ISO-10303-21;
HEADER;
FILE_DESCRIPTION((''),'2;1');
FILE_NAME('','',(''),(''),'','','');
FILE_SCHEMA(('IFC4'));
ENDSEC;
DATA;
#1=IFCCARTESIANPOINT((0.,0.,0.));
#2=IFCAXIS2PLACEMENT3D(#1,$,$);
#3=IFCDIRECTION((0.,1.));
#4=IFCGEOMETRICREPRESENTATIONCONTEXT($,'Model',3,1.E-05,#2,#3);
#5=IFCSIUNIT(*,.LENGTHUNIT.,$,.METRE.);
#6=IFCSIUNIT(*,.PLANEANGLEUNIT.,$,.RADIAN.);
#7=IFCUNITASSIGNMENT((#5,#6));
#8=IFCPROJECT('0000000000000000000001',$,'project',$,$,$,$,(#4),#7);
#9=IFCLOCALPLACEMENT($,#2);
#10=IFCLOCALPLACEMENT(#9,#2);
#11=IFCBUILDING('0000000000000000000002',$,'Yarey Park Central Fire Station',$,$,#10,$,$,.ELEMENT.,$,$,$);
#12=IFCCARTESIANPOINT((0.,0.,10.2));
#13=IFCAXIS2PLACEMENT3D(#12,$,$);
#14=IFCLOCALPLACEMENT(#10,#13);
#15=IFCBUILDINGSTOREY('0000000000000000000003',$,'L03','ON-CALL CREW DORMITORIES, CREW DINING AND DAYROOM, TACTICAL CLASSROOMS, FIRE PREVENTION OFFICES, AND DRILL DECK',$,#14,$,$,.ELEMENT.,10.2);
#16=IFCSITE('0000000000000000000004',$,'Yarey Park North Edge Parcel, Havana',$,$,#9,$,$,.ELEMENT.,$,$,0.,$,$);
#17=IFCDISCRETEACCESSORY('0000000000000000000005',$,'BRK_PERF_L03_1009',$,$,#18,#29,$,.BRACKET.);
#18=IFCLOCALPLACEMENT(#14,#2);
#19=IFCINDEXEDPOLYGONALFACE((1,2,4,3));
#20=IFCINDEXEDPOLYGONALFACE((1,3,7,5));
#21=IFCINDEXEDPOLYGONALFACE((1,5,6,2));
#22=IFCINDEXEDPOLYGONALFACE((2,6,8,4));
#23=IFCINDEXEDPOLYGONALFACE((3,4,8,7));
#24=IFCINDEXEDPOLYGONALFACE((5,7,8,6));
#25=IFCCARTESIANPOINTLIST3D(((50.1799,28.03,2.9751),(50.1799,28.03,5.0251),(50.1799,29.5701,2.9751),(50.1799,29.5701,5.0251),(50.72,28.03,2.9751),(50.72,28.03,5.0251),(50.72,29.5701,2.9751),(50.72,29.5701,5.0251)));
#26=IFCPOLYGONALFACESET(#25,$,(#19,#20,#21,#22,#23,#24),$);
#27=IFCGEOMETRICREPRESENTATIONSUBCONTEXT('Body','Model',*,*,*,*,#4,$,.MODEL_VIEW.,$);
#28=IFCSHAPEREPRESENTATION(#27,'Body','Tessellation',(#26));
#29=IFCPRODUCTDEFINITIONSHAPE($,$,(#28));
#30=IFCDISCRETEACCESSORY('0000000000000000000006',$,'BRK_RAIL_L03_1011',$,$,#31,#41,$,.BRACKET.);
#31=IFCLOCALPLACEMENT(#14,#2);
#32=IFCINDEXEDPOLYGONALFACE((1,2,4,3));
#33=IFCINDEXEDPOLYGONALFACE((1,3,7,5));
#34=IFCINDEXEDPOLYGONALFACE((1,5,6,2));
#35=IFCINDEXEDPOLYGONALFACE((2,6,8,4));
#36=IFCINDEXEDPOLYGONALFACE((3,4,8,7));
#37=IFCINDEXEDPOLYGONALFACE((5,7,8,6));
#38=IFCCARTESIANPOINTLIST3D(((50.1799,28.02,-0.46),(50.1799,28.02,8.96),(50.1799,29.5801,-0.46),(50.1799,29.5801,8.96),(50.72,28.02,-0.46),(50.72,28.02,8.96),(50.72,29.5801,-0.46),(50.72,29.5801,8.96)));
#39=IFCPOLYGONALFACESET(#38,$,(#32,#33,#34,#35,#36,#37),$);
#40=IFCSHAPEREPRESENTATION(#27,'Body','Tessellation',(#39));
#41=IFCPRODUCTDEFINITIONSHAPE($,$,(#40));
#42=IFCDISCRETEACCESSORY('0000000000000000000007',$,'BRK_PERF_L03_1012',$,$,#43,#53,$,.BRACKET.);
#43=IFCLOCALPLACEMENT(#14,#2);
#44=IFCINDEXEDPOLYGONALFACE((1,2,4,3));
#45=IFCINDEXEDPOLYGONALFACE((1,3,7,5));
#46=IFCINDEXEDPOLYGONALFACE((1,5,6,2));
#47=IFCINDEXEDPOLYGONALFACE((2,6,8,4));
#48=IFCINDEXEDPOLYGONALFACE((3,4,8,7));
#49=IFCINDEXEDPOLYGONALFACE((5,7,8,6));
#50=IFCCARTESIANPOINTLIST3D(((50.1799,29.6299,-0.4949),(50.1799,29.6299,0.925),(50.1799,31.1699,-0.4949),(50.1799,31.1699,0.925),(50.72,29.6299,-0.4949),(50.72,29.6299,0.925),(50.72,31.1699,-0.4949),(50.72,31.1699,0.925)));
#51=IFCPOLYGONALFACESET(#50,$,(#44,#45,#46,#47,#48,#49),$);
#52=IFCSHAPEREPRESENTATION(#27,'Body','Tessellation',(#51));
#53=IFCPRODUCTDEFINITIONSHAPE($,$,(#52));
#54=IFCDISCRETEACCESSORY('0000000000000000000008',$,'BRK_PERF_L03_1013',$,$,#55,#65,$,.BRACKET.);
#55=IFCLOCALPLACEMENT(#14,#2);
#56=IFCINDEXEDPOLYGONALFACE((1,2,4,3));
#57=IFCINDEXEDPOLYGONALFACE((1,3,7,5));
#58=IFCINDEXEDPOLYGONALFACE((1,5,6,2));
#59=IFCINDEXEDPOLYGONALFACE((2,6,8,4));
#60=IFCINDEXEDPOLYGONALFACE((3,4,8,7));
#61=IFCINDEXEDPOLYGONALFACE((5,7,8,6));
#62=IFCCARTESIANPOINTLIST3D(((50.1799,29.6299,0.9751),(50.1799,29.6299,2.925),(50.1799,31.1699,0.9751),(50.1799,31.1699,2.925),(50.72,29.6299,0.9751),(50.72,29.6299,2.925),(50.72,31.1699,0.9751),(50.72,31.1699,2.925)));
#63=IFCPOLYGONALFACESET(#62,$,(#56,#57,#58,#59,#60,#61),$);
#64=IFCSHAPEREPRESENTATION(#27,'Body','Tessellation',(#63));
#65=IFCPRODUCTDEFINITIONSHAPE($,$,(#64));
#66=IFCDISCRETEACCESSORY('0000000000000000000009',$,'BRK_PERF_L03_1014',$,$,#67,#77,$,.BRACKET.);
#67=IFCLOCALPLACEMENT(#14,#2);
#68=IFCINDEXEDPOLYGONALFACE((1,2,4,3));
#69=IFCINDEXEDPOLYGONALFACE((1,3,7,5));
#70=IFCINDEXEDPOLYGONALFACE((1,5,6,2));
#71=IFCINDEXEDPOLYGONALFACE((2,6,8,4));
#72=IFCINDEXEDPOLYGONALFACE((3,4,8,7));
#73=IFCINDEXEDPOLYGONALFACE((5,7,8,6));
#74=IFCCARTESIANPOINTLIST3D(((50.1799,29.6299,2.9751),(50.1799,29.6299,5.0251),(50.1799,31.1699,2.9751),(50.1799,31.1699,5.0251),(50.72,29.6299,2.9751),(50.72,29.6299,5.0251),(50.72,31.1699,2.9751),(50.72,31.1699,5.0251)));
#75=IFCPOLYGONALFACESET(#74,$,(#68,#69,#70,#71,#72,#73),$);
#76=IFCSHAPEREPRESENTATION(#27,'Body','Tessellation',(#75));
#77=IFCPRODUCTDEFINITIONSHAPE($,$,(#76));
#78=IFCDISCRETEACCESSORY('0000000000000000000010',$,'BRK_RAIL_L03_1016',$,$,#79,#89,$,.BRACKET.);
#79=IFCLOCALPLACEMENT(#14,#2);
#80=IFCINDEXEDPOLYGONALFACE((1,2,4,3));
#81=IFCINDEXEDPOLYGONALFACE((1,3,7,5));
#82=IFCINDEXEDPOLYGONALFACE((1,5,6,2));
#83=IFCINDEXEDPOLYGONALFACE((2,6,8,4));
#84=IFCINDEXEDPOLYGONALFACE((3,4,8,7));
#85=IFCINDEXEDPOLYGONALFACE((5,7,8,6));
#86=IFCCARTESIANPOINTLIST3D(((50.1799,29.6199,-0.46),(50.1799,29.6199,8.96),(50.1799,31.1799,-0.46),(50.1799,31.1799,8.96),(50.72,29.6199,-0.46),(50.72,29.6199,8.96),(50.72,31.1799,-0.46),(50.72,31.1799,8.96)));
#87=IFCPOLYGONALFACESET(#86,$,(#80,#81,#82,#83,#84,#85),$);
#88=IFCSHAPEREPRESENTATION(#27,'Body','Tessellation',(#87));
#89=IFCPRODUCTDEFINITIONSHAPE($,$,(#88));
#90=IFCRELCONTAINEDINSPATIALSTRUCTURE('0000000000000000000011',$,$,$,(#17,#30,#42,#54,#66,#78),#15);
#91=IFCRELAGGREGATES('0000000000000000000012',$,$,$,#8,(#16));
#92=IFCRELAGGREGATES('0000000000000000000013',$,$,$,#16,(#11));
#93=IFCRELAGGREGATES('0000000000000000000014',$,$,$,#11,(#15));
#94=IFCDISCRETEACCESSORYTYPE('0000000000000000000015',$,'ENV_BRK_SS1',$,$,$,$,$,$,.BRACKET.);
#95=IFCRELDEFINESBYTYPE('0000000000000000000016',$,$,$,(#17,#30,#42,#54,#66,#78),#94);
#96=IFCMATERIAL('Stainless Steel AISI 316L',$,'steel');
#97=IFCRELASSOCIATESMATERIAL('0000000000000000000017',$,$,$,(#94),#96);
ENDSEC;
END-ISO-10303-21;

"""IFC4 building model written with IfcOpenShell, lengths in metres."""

from ifc_helpers import new_model, si_unit, direction, frame, origin, origin_2d, place, context, subcontext, project, spatial, rectangle, extrude, material, type_object, element, save


model = new_model("IFC4")

# Units and contexts
model_context = context("Model", 3, precision=1e-05, world=origin(), true_north=direction((0.0, 1.0)))
body_context = subcontext(model_context, "Body", "Model", "MODEL_VIEW")
ifc_project = project(units=[si_unit("LENGTHUNIT", "METRE"), si_unit("PLANEANGLEUNIT", "RADIAN")], contexts=[model_context])

# Site, building, storey
site_placement = place(None, origin())
site = spatial("IfcSite", under=ifc_project, at=site_placement, Name="Yarey Park North Edge Parcel, Havana", CompositionType="ELEMENT", RefElevation=0.0)
building_placement = place(site_placement, origin())
building = spatial("IfcBuilding", under=site, at=building_placement, Name="Yarey Park Central Fire Station", CompositionType="ELEMENT")
storey_placement = place(building_placement, frame((0.0, 0.0, 10.2)))
storey = spatial("IfcBuildingStorey", under=building, at=storey_placement, Name="L03", Description="ON-CALL CREW DORMITORIES, CREW DINING AND DAYROOM, TACTICAL CLASSROOMS, FIRE PREVENTION OFFICES, AND DRILL DECK", CompositionType="ELEMENT", Elevation=10.2)

# Discrete accessories
ifc_material_1 = material(Name="Stainless Steel AISI 316L", Category="steel")
discrete_accessory_type = type_object("IfcDiscreteAccessoryType", Name="ENV_BRK_SS1", PredefinedType="BRACKET", material=ifc_material_1)
discrete_accessory_1_placement = place(storey_placement, frame((50.45, 28.8, 2.9751), z_axis=(0.0, 0.0, 1.0), x_axis=(1.0, 0.0, 0.0)))
element("IfcDiscreteAccessory", 1, at=discrete_accessory_1_placement, inside=storey, type_object=discrete_accessory_type, Name="BRK_PERF_L03_1009", PredefinedType="BRACKET", context=body_context, shape_type="SweptSolid", body=[
    extrude(rectangle(XDim=0.54, YDim=1.54, at=origin_2d()), origin(), (0.0, 0.0, 1.0), 2.05),
])
discrete_accessory_2_placement = place(storey_placement, frame((50.45, 28.8, -0.46), z_axis=(0.0, 0.0, 1.0), x_axis=(1.0, 0.0, 0.0)))
element("IfcDiscreteAccessory", 2, at=discrete_accessory_2_placement, inside=storey, type_object=discrete_accessory_type, Name="BRK_RAIL_L03_1011", PredefinedType="BRACKET", context=body_context, shape_type="SweptSolid", body=[
    extrude(rectangle(XDim=0.54, YDim=1.5601, at=origin_2d()), origin(), (0.0, 0.0, 1.0), 9.4199),
])
discrete_accessory_3_placement = place(storey_placement, frame((50.45, 30.3999, -0.4949), z_axis=(0.0, 0.0, 1.0), x_axis=(1.0, 0.0, 0.0)))
element("IfcDiscreteAccessory", 3, at=discrete_accessory_3_placement, inside=storey, type_object=discrete_accessory_type, Name="BRK_PERF_L03_1012", PredefinedType="BRACKET", context=body_context, shape_type="SweptSolid", body=[
    extrude(rectangle(XDim=0.54, YDim=1.54, at=origin_2d()), origin(), (0.0, 0.0, 1.0), 1.4199),
])
discrete_accessory_4_placement = place(storey_placement, frame((50.45, 30.3999, 0.9751), z_axis=(0.0, 0.0, 1.0), x_axis=(1.0, 0.0, 0.0)))
element("IfcDiscreteAccessory", 4, at=discrete_accessory_4_placement, inside=storey, type_object=discrete_accessory_type, Name="BRK_PERF_L03_1013", PredefinedType="BRACKET", context=body_context, shape_type="SweptSolid", body=[
    extrude(rectangle(XDim=0.54, YDim=1.54, at=origin_2d()), origin(), (0.0, 0.0, 1.0), 1.95),
])
discrete_accessory_5_placement = place(storey_placement, frame((50.45, 30.3999, 2.9751), z_axis=(0.0, 0.0, 1.0), x_axis=(1.0, 0.0, 0.0)))
element("IfcDiscreteAccessory", 5, at=discrete_accessory_5_placement, inside=storey, type_object=discrete_accessory_type, Name="BRK_PERF_L03_1014", PredefinedType="BRACKET", context=body_context, shape_type="SweptSolid", body=[
    extrude(rectangle(XDim=0.54, YDim=1.54, at=origin_2d()), origin(), (0.0, 0.0, 1.0), 2.05),
])
discrete_accessory_6_placement = place(storey_placement, frame((50.45, 30.3999, -0.46), z_axis=(0.0, 0.0, 1.0), x_axis=(1.0, 0.0, 0.0)))
element("IfcDiscreteAccessory", 6, at=discrete_accessory_6_placement, inside=storey, type_object=discrete_accessory_type, Name="BRK_RAIL_L03_1016", PredefinedType="BRACKET", context=body_context, shape_type="SweptSolid", body=[
    extrude(rectangle(XDim=0.54, YDim=1.5601, at=origin_2d()), origin(), (0.0, 0.0, 1.0), 9.4199),
])

save(model, "model.ifc")
